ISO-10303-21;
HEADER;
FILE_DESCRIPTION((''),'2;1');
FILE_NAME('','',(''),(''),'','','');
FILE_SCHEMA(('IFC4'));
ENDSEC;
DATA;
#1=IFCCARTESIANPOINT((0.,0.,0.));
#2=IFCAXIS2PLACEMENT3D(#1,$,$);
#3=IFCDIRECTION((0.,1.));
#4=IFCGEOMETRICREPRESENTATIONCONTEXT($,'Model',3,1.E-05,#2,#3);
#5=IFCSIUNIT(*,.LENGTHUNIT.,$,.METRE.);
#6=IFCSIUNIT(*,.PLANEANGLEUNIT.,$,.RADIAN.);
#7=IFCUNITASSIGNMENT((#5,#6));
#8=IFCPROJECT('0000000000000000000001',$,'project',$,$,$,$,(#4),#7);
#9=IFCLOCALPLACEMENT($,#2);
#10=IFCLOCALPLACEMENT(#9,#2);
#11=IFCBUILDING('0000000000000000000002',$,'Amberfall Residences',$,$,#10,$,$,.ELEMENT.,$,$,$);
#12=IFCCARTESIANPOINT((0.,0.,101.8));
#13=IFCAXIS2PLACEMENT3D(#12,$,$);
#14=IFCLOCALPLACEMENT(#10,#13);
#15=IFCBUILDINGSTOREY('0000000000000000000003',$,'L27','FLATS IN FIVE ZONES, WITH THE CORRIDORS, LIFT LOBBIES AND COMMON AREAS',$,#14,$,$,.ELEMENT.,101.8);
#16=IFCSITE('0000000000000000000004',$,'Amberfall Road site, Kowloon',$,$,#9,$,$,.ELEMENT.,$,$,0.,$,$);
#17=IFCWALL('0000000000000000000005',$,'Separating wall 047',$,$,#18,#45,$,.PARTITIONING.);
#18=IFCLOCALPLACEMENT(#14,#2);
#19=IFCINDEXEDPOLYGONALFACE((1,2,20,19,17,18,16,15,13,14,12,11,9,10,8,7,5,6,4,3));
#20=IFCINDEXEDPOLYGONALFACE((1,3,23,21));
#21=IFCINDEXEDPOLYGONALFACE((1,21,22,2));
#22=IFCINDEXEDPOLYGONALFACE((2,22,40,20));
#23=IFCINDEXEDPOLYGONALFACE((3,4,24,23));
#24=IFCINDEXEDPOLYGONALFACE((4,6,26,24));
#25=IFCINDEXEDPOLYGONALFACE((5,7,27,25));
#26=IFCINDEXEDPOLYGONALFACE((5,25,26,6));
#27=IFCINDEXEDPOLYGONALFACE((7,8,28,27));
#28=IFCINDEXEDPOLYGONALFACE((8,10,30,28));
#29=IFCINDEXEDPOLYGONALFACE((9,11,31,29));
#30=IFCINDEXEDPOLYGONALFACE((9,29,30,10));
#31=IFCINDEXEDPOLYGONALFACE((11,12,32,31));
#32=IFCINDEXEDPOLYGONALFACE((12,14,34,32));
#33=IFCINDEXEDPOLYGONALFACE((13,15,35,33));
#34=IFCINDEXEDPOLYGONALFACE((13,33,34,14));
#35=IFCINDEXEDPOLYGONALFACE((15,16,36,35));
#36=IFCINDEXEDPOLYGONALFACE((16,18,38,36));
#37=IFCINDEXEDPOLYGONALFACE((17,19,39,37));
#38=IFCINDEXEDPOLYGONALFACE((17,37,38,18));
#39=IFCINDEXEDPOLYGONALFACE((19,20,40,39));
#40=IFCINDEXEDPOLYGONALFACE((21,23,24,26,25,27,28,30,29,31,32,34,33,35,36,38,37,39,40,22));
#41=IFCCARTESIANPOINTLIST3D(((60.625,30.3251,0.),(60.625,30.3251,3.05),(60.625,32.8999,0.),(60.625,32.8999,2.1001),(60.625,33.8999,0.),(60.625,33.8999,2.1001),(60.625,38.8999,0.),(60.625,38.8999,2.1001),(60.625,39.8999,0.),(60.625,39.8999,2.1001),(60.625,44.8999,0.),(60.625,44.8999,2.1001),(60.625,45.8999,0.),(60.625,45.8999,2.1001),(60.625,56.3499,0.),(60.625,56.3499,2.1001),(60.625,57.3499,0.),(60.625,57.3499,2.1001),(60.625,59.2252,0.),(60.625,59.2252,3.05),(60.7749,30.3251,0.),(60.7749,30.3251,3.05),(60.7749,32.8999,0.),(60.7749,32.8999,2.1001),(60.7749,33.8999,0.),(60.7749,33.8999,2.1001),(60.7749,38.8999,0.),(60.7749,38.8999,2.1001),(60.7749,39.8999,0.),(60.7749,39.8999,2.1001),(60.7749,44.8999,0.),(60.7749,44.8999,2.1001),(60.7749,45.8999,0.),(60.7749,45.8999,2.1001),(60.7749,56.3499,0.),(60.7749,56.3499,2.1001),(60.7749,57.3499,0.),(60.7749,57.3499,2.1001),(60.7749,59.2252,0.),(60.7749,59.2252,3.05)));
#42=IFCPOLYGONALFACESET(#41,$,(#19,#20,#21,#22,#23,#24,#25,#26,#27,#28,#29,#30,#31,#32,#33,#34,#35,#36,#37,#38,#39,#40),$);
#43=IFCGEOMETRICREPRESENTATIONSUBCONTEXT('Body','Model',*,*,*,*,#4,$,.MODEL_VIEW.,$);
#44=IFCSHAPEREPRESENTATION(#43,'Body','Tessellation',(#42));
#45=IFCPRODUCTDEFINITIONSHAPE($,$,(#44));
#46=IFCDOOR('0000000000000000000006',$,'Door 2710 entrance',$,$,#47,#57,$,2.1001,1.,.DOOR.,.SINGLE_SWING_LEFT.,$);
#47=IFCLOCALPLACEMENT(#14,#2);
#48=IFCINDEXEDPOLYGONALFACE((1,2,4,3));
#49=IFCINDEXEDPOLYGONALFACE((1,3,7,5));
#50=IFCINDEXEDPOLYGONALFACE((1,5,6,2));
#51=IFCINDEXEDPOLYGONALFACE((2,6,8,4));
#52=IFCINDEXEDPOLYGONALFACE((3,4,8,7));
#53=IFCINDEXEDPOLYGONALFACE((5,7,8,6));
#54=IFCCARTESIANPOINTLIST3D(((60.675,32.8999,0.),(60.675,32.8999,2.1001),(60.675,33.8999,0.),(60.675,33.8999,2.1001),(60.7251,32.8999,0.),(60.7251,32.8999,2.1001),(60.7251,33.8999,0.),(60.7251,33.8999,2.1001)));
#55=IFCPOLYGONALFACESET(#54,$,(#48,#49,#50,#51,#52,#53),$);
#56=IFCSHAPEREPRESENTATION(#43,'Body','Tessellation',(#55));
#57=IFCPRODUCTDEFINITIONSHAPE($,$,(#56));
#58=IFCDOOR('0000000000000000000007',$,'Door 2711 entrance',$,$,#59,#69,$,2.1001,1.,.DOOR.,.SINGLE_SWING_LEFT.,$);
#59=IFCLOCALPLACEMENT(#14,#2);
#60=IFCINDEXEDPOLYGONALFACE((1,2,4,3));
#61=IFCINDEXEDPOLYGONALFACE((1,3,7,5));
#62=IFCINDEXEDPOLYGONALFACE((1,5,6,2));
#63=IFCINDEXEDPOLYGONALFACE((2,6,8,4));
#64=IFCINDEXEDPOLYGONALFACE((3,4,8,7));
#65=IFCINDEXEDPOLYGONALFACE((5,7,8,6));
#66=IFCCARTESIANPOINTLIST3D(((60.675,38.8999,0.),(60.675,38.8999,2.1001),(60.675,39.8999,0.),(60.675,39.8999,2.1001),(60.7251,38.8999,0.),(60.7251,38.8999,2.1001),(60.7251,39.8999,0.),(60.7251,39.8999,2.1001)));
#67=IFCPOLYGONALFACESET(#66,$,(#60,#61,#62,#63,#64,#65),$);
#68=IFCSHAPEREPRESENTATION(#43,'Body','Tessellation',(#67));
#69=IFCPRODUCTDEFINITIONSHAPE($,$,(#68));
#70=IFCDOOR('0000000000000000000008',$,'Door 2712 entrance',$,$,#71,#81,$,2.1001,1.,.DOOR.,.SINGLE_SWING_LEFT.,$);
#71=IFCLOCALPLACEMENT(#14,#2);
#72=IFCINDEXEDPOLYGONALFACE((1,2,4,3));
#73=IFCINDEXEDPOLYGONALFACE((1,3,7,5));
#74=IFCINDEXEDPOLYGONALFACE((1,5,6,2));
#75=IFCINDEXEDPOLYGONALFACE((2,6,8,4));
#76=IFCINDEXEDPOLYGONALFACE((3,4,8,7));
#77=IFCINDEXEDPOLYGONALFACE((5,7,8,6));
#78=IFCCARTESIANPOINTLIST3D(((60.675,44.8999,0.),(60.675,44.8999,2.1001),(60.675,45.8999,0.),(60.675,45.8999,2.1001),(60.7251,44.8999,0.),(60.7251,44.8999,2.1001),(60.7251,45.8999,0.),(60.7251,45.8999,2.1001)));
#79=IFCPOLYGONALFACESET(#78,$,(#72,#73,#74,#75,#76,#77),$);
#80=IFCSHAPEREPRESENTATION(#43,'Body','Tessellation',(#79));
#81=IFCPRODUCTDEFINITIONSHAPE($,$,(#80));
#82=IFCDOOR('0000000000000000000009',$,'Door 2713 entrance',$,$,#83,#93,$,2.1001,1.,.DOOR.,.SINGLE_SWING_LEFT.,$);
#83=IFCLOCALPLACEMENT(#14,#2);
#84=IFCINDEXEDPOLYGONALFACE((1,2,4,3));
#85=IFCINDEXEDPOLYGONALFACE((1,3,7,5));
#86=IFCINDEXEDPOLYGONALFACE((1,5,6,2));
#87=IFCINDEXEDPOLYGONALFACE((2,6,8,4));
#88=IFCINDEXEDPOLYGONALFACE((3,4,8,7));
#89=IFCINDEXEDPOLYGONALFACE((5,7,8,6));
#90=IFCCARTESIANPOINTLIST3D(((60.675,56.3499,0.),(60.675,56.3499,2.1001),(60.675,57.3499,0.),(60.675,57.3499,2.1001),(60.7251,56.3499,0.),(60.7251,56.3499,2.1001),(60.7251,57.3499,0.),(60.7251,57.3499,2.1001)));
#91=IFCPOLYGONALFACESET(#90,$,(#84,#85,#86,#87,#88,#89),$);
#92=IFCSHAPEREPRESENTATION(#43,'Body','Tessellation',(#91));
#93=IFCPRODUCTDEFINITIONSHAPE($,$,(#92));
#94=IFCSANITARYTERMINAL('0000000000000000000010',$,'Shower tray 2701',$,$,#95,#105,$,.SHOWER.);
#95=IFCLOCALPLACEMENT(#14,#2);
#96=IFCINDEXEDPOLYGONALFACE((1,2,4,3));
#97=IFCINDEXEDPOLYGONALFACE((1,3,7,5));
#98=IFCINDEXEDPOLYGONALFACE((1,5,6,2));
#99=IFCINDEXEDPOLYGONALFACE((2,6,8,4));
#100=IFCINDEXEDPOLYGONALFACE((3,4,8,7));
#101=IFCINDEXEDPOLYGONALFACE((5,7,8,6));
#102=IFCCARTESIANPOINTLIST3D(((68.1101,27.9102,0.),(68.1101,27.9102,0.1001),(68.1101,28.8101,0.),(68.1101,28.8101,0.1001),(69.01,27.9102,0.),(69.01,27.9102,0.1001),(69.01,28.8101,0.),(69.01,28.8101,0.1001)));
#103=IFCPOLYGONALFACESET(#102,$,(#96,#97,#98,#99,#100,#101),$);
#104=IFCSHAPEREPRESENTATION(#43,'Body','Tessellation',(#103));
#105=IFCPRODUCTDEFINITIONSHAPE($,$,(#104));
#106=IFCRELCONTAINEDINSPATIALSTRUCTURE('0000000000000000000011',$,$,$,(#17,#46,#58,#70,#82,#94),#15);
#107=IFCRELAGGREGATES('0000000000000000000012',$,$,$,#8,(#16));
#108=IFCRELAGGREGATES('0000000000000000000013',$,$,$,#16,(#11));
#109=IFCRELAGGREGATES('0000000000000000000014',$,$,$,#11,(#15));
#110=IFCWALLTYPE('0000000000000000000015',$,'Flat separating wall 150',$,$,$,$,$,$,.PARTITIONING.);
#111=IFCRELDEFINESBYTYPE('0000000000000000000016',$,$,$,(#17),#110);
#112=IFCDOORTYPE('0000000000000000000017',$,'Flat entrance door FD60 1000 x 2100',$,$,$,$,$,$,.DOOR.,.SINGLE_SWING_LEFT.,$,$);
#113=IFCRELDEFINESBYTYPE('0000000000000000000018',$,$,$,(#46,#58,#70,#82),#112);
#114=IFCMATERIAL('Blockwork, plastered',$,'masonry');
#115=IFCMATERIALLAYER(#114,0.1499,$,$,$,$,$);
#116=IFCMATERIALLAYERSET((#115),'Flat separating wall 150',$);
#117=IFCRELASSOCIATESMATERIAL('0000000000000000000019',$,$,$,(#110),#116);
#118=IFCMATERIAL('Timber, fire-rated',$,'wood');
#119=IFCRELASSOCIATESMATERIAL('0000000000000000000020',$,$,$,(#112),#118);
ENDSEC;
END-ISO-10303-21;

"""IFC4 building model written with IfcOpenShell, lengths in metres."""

from ifc_helpers import new_model, si_unit, direction, frame, frame_2d, origin, origin_2d, place, context, subcontext, project, spatial, rectangle, extrude, material, layer, layer_set, type_object, element, fill, save


model = new_model("IFC4")

# Units and contexts
model_context = context("Model", 3, precision=1e-05, world=origin(), true_north=direction((0.0, 1.0)))
body_context = subcontext(model_context, "Body", "Model", "MODEL_VIEW")
ifc_project = project(units=[si_unit("LENGTHUNIT", "METRE"), si_unit("PLANEANGLEUNIT", "RADIAN")], contexts=[model_context])

# Site, building, storey
site_placement = place(None, origin())
site = spatial("IfcSite", under=ifc_project, at=site_placement, Name="Amberfall Road site, Kowloon", CompositionType="ELEMENT", RefElevation=0.0)
building_placement = place(site_placement, origin())
building = spatial("IfcBuilding", under=site, at=building_placement, Name="Amberfall Residences", CompositionType="ELEMENT")
storey_placement = place(building_placement, frame((0.0, 0.0, 101.8)))
storey = spatial("IfcBuildingStorey", under=building, at=storey_placement, Name="L27", Description="FLATS IN FIVE ZONES, WITH THE CORRIDORS, LIFT LOBBIES AND COMMON AREAS", CompositionType="ELEMENT", Elevation=101.8)

# Wall, openings, doors
ifc_material_1 = material(Name="Blockwork, plastered", Category="masonry")
ifc_layer_1 = layer(ifc_material_1, 0.1499)
ifc_layer_set_1 = layer_set([ifc_layer_1], Name="Flat separating wall 150")
wall_type_1 = type_object("IfcWallType", Name="Flat separating wall 150", PredefinedType="PARTITIONING", material=ifc_layer_set_1)
wall_1_placement = place(storey_placement, frame((60.7, 30.325, 0.0), z_axis=(0.0, 0.0, 1.0), x_axis=(0.0, 1.0, 0.0)))
wall_1 = element("IfcWall", 1, at=wall_1_placement, inside=storey, type_object=wall_type_1, Name="Separating wall 047", PredefinedType="PARTITIONING", context=body_context, shape_type="SweptSolid", body=[
    extrude(rectangle(XDim=28.9001, YDim=0.1499, at=frame_2d((14.4502, 0.0))), origin(), (0.0, 0.0, 1.0), 3.05),
])
opening_1_placement = place(wall_1_placement, frame((2.575, 0.0, 0.0)))
opening_1 = element("IfcOpeningElement", 2, at=opening_1_placement, cuts=wall_1, PredefinedType="OPENING", context=body_context, shape_type="SweptSolid", body=[
    extrude(rectangle(XDim=1.0, YDim=2.1001, at=frame_2d((0.5, 1.05))), frame((0.0, 0.085, 0.0), z_axis=(0.0, -1.0, 0.0), x_axis=(1.0, 0.0, 0.0)), (0.0, 0.0, 1.0), 0.1699),
])
opening_2_placement = place(wall_1_placement, frame((8.575, 0.0, 0.0)))
opening_2 = element("IfcOpeningElement", 3, at=opening_2_placement, cuts=wall_1, PredefinedType="OPENING", context=body_context, shape_type="SweptSolid", body=[
    extrude(rectangle(XDim=1.0, YDim=2.1001, at=frame_2d((0.5, 1.05))), frame((0.0, 0.085, 0.0), z_axis=(0.0, -1.0, 0.0), x_axis=(1.0, 0.0, 0.0)), (0.0, 0.0, 1.0), 0.1699),
])
opening_3_placement = place(wall_1_placement, frame((14.575, 0.0, 0.0)))
opening_3 = element("IfcOpeningElement", 4, at=opening_3_placement, cuts=wall_1, PredefinedType="OPENING", context=body_context, shape_type="SweptSolid", body=[
    extrude(rectangle(XDim=1.0, YDim=2.1001, at=frame_2d((0.5, 1.05))), frame((0.0, 0.085, 0.0), z_axis=(0.0, -1.0, 0.0), x_axis=(1.0, 0.0, 0.0)), (0.0, 0.0, 1.0), 0.1699),
])
opening_4_placement = place(wall_1_placement, frame((26.0249, 0.0, 0.0)))
opening_4 = element("IfcOpeningElement", 5, at=opening_4_placement, cuts=wall_1, PredefinedType="OPENING", context=body_context, shape_type="SweptSolid", body=[
    extrude(rectangle(XDim=1.0, YDim=2.1001, at=frame_2d((0.5, 1.05))), frame((0.0, 0.085, 0.0), z_axis=(0.0, -1.0, 0.0), x_axis=(1.0, 0.0, 0.0)), (0.0, 0.0, 1.0), 0.1699),
])
ifc_material_2 = material(Name="Timber, fire-rated", Category="wood")
door_type_1 = type_object("IfcDoorType", Name="Flat entrance door FD60 1000 x 2100", OperationType="SINGLE_SWING_LEFT", PredefinedType="DOOR", material=ifc_material_2)
door_1_placement = place(opening_1_placement, origin())
door_1 = element("IfcDoor", 6, at=door_1_placement, inside=storey, type_object=door_type_1, Name="Door 2710 entrance", OperationType="SINGLE_SWING_LEFT", OverallHeight=2.1001, OverallWidth=1.0, PredefinedType="DOOR", context=body_context, shape_type="SweptSolid", body=[
    extrude(rectangle(XDim=1.0, YDim=2.1001, at=frame_2d((0.5, 1.05))), frame((0.0, 0.0249, 0.0), z_axis=(0.0, -1.0, 0.0), x_axis=(1.0, 0.0, 0.0)), (0.0, 0.0, 1.0), 0.05),
])
fill(opening_1, door_1)
door_2_placement = place(opening_2_placement, origin())
door_2 = element("IfcDoor", 7, at=door_2_placement, inside=storey, type_object=door_type_1, Name="Door 2711 entrance", OperationType="SINGLE_SWING_LEFT", OverallHeight=2.1001, OverallWidth=1.0, PredefinedType="DOOR", context=body_context, shape_type="SweptSolid", body=[
    extrude(rectangle(XDim=1.0, YDim=2.1001, at=frame_2d((0.5, 1.05))), frame((0.0, 0.0249, 0.0), z_axis=(0.0, -1.0, 0.0), x_axis=(1.0, 0.0, 0.0)), (0.0, 0.0, 1.0), 0.05),
])
fill(opening_2, door_2)
door_3_placement = place(opening_3_placement, origin())
door_3 = element("IfcDoor", 8, at=door_3_placement, inside=storey, type_object=door_type_1, Name="Door 2712 entrance", OperationType="SINGLE_SWING_LEFT", OverallHeight=2.1001, OverallWidth=1.0, PredefinedType="DOOR", context=body_context, shape_type="SweptSolid", body=[
    extrude(rectangle(XDim=1.0, YDim=2.1001, at=frame_2d((0.5, 1.05))), frame((0.0, 0.0249, 0.0), z_axis=(0.0, -1.0, 0.0), x_axis=(1.0, 0.0, 0.0)), (0.0, 0.0, 1.0), 0.05),
])
fill(opening_3, door_3)
door_4_placement = place(opening_4_placement, origin())
door_4 = element("IfcDoor", 9, at=door_4_placement, inside=storey, type_object=door_type_1, Name="Door 2713 entrance", OperationType="SINGLE_SWING_LEFT", OverallHeight=2.1001, OverallWidth=1.0, PredefinedType="DOOR", context=body_context, shape_type="SweptSolid", body=[
    extrude(rectangle(XDim=1.0, YDim=2.1001, at=frame_2d((0.5, 1.05))), frame((0.0, 0.0249, 0.0), z_axis=(0.0, -1.0, 0.0), x_axis=(1.0, 0.0, 0.0)), (0.0, 0.0, 1.0), 0.05),
])
fill(opening_4, door_4)

# Sanitary terminal
sanitary_terminal_placement = place(storey_placement, frame((68.5601, 28.3601, 0.0), z_axis=(0.0, 0.0, 1.0), x_axis=(1.0, 0.0, 0.0)))
element("IfcSanitaryTerminal", 10, at=sanitary_terminal_placement, inside=storey, Name="Shower tray 2701", PredefinedType="SHOWER", context=body_context, shape_type="SweptSolid", body=[
    extrude(rectangle(XDim=0.8999, YDim=0.8999, at=origin_2d()), origin(), (0.0, 0.0, 1.0), 0.1001),
])

save(model, "model.ifc")
